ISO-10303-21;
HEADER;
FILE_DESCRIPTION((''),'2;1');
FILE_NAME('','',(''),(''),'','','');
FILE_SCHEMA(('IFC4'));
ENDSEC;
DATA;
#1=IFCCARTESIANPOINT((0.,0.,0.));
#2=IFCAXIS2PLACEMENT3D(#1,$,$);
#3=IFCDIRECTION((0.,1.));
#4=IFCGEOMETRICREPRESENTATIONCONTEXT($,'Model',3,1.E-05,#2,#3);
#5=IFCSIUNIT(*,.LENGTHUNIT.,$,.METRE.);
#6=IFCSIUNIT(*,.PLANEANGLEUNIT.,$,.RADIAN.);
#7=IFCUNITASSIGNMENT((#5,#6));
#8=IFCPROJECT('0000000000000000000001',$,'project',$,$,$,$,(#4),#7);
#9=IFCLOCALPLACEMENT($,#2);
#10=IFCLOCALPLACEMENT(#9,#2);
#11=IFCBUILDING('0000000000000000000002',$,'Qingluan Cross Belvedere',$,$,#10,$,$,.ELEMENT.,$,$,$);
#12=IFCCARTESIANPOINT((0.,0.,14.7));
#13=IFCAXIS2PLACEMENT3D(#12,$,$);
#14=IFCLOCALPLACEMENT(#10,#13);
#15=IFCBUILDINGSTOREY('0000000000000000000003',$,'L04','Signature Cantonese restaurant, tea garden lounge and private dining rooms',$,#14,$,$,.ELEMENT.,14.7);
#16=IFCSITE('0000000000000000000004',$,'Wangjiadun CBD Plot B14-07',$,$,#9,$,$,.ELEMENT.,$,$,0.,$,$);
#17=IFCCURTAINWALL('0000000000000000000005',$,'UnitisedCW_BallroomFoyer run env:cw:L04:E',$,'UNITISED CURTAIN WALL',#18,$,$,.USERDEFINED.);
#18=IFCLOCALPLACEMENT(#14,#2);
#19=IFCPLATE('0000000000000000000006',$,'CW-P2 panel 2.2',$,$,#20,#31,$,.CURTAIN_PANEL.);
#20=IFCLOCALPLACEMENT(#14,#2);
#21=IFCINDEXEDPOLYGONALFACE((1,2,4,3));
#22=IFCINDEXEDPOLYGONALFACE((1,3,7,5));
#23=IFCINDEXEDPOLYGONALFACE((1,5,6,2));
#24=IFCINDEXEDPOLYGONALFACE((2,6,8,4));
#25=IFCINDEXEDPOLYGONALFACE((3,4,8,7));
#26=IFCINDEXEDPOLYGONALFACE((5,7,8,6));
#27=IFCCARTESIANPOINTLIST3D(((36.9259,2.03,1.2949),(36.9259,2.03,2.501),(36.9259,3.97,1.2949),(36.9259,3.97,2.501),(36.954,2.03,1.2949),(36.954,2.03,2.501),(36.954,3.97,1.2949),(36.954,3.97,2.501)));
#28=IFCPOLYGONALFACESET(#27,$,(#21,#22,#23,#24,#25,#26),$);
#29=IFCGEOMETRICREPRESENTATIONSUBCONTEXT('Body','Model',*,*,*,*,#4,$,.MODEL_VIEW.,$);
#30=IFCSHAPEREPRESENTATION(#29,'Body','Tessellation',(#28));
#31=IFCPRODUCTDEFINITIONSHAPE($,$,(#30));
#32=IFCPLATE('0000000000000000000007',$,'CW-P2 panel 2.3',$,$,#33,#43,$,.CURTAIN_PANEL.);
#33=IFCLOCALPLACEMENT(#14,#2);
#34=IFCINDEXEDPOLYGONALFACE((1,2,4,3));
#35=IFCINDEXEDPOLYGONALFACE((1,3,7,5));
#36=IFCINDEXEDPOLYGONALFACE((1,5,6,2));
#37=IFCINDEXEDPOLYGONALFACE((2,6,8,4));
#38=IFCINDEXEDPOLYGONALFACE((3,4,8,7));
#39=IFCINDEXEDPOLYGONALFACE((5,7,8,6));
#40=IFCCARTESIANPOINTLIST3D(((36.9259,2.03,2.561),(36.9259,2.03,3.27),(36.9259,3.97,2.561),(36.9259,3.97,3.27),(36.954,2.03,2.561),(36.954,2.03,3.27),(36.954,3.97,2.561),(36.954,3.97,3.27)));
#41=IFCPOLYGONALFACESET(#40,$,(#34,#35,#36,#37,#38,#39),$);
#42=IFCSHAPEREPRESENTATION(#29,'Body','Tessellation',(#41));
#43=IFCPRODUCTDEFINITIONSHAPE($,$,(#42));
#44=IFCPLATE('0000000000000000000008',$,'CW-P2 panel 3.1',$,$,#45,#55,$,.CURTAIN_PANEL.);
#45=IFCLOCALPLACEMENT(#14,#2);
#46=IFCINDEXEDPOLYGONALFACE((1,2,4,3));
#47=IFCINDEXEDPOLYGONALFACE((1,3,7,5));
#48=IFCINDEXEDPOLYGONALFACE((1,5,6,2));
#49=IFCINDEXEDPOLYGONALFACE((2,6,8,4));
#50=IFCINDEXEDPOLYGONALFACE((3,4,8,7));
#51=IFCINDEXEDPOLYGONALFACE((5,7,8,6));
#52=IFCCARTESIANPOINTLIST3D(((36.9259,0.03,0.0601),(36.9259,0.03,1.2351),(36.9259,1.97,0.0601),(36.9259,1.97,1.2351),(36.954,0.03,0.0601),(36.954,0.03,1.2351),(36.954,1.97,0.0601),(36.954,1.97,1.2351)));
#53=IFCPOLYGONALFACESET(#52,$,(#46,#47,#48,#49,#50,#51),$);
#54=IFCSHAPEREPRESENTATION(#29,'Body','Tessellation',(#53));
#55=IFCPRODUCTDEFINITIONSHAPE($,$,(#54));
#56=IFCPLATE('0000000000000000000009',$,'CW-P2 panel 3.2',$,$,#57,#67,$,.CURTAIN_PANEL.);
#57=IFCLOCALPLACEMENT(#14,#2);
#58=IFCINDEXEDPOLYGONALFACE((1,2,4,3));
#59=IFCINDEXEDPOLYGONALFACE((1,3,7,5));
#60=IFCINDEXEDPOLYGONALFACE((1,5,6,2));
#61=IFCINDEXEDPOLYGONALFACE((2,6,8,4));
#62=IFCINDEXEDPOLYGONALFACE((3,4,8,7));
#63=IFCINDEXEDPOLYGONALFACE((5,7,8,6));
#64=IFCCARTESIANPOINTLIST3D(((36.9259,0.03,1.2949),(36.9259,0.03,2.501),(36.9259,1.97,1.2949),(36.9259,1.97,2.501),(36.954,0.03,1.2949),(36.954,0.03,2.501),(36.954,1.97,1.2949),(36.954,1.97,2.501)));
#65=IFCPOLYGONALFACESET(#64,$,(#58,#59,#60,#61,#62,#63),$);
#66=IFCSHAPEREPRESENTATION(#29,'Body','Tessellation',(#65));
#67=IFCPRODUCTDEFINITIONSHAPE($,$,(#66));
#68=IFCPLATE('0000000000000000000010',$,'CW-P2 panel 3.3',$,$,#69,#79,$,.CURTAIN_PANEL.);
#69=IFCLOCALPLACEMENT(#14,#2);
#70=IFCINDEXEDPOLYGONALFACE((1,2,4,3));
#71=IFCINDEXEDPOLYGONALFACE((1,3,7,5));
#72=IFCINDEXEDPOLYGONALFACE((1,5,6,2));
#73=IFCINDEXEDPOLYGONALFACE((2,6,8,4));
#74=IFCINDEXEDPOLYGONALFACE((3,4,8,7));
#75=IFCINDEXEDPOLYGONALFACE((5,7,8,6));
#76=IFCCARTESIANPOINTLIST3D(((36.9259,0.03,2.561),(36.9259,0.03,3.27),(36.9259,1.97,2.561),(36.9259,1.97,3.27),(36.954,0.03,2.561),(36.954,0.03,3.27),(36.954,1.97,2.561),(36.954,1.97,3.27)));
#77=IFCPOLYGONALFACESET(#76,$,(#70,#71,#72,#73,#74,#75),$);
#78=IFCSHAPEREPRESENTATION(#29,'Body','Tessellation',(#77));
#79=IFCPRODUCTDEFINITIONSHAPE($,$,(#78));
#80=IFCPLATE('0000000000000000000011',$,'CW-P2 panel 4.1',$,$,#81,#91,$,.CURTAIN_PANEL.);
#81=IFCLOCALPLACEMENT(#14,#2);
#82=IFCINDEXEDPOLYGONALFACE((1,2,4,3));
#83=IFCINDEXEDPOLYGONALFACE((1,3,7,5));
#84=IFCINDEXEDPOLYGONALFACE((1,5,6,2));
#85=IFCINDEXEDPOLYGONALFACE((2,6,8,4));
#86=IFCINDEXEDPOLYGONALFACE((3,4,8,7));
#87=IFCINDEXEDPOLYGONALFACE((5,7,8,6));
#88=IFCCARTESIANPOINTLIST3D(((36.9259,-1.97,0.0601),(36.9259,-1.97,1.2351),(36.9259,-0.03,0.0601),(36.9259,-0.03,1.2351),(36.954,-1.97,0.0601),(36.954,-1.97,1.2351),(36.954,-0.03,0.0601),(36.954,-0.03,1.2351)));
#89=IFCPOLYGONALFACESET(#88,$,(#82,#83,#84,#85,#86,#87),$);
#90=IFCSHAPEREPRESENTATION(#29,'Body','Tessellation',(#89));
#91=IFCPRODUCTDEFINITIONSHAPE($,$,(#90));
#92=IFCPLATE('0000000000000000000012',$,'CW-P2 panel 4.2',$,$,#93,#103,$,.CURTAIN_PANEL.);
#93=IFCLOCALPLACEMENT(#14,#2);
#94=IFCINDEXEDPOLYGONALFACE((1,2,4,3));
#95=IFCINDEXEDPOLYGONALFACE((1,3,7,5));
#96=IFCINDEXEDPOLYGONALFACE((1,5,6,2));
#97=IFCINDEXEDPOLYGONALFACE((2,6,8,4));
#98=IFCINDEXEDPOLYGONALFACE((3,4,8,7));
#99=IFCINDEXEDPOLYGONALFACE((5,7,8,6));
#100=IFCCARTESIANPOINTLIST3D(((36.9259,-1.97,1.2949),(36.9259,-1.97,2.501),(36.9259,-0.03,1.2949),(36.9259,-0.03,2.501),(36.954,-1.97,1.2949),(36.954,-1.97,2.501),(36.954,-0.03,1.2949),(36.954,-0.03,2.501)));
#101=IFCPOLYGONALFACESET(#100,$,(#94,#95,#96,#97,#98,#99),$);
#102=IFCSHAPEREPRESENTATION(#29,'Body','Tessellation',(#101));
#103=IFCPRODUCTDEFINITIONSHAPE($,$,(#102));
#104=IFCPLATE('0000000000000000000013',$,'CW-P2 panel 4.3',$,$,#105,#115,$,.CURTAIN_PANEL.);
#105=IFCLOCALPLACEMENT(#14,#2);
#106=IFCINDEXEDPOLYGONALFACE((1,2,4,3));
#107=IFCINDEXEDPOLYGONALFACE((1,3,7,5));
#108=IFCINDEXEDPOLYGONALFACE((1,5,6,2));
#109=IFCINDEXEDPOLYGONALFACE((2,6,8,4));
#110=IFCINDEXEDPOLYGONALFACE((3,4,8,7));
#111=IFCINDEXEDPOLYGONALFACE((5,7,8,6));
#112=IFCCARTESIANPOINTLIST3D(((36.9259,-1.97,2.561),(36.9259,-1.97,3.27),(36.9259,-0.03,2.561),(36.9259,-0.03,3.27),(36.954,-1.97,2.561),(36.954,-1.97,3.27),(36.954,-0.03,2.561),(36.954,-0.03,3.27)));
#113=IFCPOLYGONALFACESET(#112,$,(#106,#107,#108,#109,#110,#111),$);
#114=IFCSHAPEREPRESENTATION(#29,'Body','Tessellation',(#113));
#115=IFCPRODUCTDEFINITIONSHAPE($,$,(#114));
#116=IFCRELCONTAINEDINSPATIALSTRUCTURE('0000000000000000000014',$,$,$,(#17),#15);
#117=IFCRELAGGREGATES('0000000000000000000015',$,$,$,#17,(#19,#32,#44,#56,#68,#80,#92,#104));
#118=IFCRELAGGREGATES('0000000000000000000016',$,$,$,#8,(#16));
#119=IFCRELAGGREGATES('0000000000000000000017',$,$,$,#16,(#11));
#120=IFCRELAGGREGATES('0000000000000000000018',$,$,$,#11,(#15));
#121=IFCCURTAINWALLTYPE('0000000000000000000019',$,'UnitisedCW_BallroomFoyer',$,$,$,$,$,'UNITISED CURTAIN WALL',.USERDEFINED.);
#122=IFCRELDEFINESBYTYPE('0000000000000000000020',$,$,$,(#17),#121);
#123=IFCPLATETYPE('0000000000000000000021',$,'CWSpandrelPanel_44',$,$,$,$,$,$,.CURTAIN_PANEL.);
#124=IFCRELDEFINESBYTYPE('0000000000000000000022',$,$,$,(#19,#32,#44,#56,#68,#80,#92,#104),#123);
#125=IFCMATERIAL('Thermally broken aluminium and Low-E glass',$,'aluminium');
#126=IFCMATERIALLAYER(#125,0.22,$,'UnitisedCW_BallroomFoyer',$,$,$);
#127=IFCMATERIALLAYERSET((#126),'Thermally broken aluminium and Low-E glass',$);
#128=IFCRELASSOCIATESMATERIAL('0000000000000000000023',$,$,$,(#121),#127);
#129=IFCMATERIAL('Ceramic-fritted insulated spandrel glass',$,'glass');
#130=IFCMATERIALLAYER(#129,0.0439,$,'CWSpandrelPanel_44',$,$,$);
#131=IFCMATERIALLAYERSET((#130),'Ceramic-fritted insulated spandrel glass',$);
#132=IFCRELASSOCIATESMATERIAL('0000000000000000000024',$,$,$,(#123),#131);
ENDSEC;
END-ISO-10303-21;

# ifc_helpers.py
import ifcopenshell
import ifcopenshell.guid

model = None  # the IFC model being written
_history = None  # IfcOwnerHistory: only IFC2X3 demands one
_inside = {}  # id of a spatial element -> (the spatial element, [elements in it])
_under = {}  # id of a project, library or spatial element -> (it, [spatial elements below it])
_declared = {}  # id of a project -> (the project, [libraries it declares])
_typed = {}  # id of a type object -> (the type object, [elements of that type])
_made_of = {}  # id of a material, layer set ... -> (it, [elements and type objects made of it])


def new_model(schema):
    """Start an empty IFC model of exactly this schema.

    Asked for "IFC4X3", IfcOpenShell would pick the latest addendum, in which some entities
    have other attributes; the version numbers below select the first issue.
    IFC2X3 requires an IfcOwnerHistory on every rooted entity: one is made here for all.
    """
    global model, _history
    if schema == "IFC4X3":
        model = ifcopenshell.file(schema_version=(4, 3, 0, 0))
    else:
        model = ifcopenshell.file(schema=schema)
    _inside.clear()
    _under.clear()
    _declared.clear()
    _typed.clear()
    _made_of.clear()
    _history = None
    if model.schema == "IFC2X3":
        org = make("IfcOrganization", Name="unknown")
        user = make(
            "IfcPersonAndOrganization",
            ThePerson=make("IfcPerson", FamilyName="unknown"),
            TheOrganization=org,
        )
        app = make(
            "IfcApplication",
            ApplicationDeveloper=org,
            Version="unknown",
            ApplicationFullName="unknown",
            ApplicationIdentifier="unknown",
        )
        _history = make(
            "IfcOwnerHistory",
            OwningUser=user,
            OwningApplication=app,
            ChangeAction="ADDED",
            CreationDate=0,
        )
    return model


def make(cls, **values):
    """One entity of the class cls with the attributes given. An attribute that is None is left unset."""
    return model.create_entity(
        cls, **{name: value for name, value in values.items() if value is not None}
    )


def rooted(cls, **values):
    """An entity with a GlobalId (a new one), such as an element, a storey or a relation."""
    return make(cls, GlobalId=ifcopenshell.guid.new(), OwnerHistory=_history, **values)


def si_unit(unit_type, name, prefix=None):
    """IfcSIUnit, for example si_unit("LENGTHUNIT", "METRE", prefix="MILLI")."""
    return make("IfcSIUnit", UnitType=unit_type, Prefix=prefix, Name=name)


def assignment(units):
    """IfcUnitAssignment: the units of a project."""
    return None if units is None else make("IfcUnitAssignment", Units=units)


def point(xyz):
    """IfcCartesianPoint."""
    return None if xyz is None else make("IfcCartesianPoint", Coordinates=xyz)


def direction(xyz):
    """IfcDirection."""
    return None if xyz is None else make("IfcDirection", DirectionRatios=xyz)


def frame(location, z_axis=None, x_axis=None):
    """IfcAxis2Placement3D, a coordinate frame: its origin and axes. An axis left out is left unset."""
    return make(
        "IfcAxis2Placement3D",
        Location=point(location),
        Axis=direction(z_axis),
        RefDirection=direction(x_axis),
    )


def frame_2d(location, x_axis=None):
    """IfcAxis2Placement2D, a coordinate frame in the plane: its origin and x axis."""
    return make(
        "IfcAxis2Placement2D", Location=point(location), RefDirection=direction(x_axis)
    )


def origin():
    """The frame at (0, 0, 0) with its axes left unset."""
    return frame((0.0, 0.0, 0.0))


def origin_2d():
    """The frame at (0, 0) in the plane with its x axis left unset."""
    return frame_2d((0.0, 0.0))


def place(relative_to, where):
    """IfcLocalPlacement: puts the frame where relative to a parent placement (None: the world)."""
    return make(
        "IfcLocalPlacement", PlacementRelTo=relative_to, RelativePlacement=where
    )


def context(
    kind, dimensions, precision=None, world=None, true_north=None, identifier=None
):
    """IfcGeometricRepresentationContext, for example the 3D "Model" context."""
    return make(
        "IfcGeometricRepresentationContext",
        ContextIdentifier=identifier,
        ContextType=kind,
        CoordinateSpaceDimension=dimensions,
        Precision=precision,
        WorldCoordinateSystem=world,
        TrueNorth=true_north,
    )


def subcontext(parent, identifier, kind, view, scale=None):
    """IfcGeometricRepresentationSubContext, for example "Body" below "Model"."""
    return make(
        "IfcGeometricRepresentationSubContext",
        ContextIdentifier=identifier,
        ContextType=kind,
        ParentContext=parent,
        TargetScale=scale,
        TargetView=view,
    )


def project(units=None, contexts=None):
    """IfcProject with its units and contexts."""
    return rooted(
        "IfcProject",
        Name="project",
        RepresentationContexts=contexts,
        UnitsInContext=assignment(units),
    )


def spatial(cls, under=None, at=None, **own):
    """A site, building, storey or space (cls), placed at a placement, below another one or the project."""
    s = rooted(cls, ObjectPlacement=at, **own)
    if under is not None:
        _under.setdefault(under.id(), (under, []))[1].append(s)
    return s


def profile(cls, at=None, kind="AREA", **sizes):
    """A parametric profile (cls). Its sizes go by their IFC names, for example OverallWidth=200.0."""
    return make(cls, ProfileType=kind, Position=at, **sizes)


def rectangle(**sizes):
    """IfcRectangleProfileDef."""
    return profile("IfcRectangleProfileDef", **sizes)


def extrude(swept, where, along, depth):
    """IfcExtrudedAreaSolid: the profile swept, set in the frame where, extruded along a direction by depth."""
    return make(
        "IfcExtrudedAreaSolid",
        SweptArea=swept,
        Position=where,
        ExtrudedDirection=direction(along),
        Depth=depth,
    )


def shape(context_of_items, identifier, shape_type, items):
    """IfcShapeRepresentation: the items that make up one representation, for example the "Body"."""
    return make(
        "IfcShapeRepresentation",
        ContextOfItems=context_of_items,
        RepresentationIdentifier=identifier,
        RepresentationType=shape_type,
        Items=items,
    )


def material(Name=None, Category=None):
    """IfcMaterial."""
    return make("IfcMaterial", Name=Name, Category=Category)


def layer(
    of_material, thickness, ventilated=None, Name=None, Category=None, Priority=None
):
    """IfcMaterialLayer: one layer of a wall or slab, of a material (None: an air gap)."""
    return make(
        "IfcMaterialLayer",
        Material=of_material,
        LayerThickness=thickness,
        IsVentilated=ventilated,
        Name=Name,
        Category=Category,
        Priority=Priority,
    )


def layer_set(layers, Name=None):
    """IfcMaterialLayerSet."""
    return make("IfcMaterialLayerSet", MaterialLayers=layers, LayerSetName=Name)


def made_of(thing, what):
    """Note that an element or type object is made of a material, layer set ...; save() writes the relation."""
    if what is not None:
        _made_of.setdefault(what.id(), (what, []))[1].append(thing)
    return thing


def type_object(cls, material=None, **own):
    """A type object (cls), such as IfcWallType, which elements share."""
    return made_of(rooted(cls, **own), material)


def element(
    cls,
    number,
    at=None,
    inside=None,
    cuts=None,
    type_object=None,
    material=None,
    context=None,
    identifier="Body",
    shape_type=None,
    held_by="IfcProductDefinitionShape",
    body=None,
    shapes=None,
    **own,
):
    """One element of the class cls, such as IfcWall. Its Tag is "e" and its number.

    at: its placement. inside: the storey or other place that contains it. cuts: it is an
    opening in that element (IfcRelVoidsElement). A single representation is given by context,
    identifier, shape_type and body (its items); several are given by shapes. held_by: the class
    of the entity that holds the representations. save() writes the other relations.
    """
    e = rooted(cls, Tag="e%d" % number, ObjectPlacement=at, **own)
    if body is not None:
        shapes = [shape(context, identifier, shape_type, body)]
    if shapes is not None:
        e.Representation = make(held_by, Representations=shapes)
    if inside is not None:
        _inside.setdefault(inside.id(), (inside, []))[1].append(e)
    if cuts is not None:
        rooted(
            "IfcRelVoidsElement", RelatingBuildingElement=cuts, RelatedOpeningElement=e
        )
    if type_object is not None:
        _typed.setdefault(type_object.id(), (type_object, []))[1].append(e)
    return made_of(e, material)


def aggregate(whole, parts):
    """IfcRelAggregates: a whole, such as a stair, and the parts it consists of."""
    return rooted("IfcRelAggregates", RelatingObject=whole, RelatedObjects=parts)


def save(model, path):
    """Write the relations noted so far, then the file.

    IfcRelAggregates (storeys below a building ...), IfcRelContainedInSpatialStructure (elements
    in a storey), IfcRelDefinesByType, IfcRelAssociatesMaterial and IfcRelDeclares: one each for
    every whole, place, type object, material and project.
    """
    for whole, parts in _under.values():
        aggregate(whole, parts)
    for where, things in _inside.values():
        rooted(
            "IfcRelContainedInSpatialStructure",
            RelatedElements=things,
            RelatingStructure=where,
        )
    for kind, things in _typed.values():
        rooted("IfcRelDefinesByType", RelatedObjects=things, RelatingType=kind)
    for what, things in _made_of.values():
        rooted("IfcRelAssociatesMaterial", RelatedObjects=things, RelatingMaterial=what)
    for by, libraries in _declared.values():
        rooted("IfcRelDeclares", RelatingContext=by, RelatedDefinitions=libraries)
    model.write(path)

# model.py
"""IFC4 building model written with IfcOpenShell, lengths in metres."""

from ifc_helpers import new_model, si_unit, direction, frame, origin, origin_2d, place, context, subcontext, project, spatial, rectangle, extrude, material, layer, layer_set, type_object, element, aggregate, save


model = new_model("IFC4")

# Units and contexts
model_context = context("Model", 3, precision=1e-05, world=origin(), true_north=direction((0.0, 1.0)))
body_context = subcontext(model_context, "Body", "Model", "MODEL_VIEW")
ifc_project = project(units=[si_unit("LENGTHUNIT", "METRE"), si_unit("PLANEANGLEUNIT", "RADIAN")], contexts=[model_context])

# Site, building, storey
site_placement = place(None, origin())
site = spatial("IfcSite", under=ifc_project, at=site_placement, Name="Wangjiadun CBD Plot B14-07", CompositionType="ELEMENT", RefElevation=0.0)
building_placement = place(site_placement, origin())
building = spatial("IfcBuilding", under=site, at=building_placement, Name="Qingluan Cross Belvedere", CompositionType="ELEMENT")
storey_placement = place(building_placement, frame((0.0, 0.0, 14.7)))
storey = spatial("IfcBuildingStorey", under=building, at=storey_placement, Name="L04", Description="Signature Cantonese restaurant, tea garden lounge and private dining rooms", CompositionType="ELEMENT", Elevation=14.7)

# Curtain wall, plates
ifc_material_1 = material(Name="Thermally broken aluminium and Low-E glass", Category="aluminium")
ifc_layer_1 = layer(ifc_material_1, 0.22, Name="UnitisedCW_BallroomFoyer")
ifc_layer_set_1 = layer_set([ifc_layer_1], Name="Thermally broken aluminium and Low-E glass")
curtain_wall_type = type_object("IfcCurtainWallType", Name="UnitisedCW_BallroomFoyer", ElementType="UNITISED CURTAIN WALL", PredefinedType="USERDEFINED", material=ifc_layer_set_1)
curtain_wall_placement = place(storey_placement, origin())
curtain_wall = element("IfcCurtainWall", 1, at=curtain_wall_placement, inside=storey, type_object=curtain_wall_type, Name="UnitisedCW_BallroomFoyer run env:cw:L04:E", ObjectType="UNITISED CURTAIN WALL", PredefinedType="USERDEFINED")
ifc_material_2 = material(Name="Ceramic-fritted insulated spandrel glass", Category="glass")
ifc_layer_2 = layer(ifc_material_2, 0.0439, Name="CWSpandrelPanel_44")
ifc_layer_set_2 = layer_set([ifc_layer_2], Name="Ceramic-fritted insulated spandrel glass")
plate_type = type_object("IfcPlateType", Name="CWSpandrelPanel_44", PredefinedType="CURTAIN_PANEL", material=ifc_layer_set_2)
plate_1_placement = place(storey_placement, frame((36.9399, 3.0, 1.2949), z_axis=(0.0, 0.0, 1.0), x_axis=(0.0, -1.0, 0.0)))
plate_1 = element("IfcPlate", 2, at=plate_1_placement, type_object=plate_type, Name="CW-P2 panel 2.2", PredefinedType="CURTAIN_PANEL", context=body_context, shape_type="SweptSolid", body=[
    extrude(rectangle(XDim=1.9399, YDim=0.0281, at=origin_2d()), origin(), (0.0, 0.0, 1.0), 1.2061),
])
plate_2_placement = place(storey_placement, frame((36.9399, 3.0, 2.561), z_axis=(0.0, 0.0, 1.0), x_axis=(0.0, -1.0, 0.0)))
plate_2 = element("IfcPlate", 3, at=plate_2_placement, type_object=plate_type, Name="CW-P2 panel 2.3", PredefinedType="CURTAIN_PANEL", context=body_context, shape_type="SweptSolid", body=[
    extrude(rectangle(XDim=1.9399, YDim=0.0281, at=origin_2d()), origin(), (0.0, 0.0, 1.0), 0.709),
])
plate_3_placement = place(storey_placement, frame((36.9399, 1.0, 0.0601), z_axis=(0.0, 0.0, 1.0), x_axis=(0.0, -1.0, 0.0)))
plate_3 = element("IfcPlate", 4, at=plate_3_placement, type_object=plate_type, Name="CW-P2 panel 3.1", PredefinedType="CURTAIN_PANEL", context=body_context, shape_type="SweptSolid", body=[
    extrude(rectangle(XDim=1.9399, YDim=0.0281, at=origin_2d()), origin(), (0.0, 0.0, 1.0), 1.175),
])
plate_4_placement = place(storey_placement, frame((36.9399, 1.0, 1.2949), z_axis=(0.0, 0.0, 1.0), x_axis=(0.0, -1.0, 0.0)))
plate_4 = element("IfcPlate", 5, at=plate_4_placement, type_object=plate_type, Name="CW-P2 panel 3.2", PredefinedType="CURTAIN_PANEL", context=body_context, shape_type="SweptSolid", body=[
    extrude(rectangle(XDim=1.9399, YDim=0.0281, at=origin_2d()), origin(), (0.0, 0.0, 1.0), 1.2061),
])
plate_5_placement = place(storey_placement, frame((36.9399, 1.0, 2.561), z_axis=(0.0, 0.0, 1.0), x_axis=(0.0, -1.0, 0.0)))
plate_5 = element("IfcPlate", 6, at=plate_5_placement, type_object=plate_type, Name="CW-P2 panel 3.3", PredefinedType="CURTAIN_PANEL", context=body_context, shape_type="SweptSolid", body=[
    extrude(rectangle(XDim=1.9399, YDim=0.0281, at=origin_2d()), origin(), (0.0, 0.0, 1.0), 0.709),
])
plate_6_placement = place(storey_placement, frame((36.9399, -1.0, 0.0601), z_axis=(0.0, 0.0, 1.0), x_axis=(0.0, -1.0, 0.0)))
plate_6 = element("IfcPlate", 7, at=plate_6_placement, type_object=plate_type, Name="CW-P2 panel 4.1", PredefinedType="CURTAIN_PANEL", context=body_context, shape_type="SweptSolid", body=[
    extrude(rectangle(XDim=1.9399, YDim=0.0281, at=origin_2d()), origin(), (0.0, 0.0, 1.0), 1.175),
])
plate_7_placement = place(storey_placement, frame((36.9399, -1.0, 1.2949), z_axis=(0.0, 0.0, 1.0), x_axis=(0.0, -1.0, 0.0)))
plate_7 = element("IfcPlate", 8, at=plate_7_placement, type_object=plate_type, Name="CW-P2 panel 4.2", PredefinedType="CURTAIN_PANEL", context=body_context, shape_type="SweptSolid", body=[
    extrude(rectangle(XDim=1.9399, YDim=0.0281, at=origin_2d()), origin(), (0.0, 0.0, 1.0), 1.2061),
])
plate_8_placement = place(storey_placement, frame((36.9399, -1.0, 2.561), z_axis=(0.0, 0.0, 1.0), x_axis=(0.0, -1.0, 0.0)))
plate_8 = element("IfcPlate", 9, at=plate_8_placement, type_object=plate_type, Name="CW-P2 panel 4.3", PredefinedType="CURTAIN_PANEL", context=body_context, shape_type="SweptSolid", body=[
    extrude(rectangle(XDim=1.9399, YDim=0.0281, at=origin_2d()), origin(), (0.0, 0.0, 1.0), 0.709),
])
aggregate(curtain_wall, [plate_1, plate_2, plate_3, plate_4, plate_5, plate_6, plate_7, plate_8])

save(model, "model.ifc")
